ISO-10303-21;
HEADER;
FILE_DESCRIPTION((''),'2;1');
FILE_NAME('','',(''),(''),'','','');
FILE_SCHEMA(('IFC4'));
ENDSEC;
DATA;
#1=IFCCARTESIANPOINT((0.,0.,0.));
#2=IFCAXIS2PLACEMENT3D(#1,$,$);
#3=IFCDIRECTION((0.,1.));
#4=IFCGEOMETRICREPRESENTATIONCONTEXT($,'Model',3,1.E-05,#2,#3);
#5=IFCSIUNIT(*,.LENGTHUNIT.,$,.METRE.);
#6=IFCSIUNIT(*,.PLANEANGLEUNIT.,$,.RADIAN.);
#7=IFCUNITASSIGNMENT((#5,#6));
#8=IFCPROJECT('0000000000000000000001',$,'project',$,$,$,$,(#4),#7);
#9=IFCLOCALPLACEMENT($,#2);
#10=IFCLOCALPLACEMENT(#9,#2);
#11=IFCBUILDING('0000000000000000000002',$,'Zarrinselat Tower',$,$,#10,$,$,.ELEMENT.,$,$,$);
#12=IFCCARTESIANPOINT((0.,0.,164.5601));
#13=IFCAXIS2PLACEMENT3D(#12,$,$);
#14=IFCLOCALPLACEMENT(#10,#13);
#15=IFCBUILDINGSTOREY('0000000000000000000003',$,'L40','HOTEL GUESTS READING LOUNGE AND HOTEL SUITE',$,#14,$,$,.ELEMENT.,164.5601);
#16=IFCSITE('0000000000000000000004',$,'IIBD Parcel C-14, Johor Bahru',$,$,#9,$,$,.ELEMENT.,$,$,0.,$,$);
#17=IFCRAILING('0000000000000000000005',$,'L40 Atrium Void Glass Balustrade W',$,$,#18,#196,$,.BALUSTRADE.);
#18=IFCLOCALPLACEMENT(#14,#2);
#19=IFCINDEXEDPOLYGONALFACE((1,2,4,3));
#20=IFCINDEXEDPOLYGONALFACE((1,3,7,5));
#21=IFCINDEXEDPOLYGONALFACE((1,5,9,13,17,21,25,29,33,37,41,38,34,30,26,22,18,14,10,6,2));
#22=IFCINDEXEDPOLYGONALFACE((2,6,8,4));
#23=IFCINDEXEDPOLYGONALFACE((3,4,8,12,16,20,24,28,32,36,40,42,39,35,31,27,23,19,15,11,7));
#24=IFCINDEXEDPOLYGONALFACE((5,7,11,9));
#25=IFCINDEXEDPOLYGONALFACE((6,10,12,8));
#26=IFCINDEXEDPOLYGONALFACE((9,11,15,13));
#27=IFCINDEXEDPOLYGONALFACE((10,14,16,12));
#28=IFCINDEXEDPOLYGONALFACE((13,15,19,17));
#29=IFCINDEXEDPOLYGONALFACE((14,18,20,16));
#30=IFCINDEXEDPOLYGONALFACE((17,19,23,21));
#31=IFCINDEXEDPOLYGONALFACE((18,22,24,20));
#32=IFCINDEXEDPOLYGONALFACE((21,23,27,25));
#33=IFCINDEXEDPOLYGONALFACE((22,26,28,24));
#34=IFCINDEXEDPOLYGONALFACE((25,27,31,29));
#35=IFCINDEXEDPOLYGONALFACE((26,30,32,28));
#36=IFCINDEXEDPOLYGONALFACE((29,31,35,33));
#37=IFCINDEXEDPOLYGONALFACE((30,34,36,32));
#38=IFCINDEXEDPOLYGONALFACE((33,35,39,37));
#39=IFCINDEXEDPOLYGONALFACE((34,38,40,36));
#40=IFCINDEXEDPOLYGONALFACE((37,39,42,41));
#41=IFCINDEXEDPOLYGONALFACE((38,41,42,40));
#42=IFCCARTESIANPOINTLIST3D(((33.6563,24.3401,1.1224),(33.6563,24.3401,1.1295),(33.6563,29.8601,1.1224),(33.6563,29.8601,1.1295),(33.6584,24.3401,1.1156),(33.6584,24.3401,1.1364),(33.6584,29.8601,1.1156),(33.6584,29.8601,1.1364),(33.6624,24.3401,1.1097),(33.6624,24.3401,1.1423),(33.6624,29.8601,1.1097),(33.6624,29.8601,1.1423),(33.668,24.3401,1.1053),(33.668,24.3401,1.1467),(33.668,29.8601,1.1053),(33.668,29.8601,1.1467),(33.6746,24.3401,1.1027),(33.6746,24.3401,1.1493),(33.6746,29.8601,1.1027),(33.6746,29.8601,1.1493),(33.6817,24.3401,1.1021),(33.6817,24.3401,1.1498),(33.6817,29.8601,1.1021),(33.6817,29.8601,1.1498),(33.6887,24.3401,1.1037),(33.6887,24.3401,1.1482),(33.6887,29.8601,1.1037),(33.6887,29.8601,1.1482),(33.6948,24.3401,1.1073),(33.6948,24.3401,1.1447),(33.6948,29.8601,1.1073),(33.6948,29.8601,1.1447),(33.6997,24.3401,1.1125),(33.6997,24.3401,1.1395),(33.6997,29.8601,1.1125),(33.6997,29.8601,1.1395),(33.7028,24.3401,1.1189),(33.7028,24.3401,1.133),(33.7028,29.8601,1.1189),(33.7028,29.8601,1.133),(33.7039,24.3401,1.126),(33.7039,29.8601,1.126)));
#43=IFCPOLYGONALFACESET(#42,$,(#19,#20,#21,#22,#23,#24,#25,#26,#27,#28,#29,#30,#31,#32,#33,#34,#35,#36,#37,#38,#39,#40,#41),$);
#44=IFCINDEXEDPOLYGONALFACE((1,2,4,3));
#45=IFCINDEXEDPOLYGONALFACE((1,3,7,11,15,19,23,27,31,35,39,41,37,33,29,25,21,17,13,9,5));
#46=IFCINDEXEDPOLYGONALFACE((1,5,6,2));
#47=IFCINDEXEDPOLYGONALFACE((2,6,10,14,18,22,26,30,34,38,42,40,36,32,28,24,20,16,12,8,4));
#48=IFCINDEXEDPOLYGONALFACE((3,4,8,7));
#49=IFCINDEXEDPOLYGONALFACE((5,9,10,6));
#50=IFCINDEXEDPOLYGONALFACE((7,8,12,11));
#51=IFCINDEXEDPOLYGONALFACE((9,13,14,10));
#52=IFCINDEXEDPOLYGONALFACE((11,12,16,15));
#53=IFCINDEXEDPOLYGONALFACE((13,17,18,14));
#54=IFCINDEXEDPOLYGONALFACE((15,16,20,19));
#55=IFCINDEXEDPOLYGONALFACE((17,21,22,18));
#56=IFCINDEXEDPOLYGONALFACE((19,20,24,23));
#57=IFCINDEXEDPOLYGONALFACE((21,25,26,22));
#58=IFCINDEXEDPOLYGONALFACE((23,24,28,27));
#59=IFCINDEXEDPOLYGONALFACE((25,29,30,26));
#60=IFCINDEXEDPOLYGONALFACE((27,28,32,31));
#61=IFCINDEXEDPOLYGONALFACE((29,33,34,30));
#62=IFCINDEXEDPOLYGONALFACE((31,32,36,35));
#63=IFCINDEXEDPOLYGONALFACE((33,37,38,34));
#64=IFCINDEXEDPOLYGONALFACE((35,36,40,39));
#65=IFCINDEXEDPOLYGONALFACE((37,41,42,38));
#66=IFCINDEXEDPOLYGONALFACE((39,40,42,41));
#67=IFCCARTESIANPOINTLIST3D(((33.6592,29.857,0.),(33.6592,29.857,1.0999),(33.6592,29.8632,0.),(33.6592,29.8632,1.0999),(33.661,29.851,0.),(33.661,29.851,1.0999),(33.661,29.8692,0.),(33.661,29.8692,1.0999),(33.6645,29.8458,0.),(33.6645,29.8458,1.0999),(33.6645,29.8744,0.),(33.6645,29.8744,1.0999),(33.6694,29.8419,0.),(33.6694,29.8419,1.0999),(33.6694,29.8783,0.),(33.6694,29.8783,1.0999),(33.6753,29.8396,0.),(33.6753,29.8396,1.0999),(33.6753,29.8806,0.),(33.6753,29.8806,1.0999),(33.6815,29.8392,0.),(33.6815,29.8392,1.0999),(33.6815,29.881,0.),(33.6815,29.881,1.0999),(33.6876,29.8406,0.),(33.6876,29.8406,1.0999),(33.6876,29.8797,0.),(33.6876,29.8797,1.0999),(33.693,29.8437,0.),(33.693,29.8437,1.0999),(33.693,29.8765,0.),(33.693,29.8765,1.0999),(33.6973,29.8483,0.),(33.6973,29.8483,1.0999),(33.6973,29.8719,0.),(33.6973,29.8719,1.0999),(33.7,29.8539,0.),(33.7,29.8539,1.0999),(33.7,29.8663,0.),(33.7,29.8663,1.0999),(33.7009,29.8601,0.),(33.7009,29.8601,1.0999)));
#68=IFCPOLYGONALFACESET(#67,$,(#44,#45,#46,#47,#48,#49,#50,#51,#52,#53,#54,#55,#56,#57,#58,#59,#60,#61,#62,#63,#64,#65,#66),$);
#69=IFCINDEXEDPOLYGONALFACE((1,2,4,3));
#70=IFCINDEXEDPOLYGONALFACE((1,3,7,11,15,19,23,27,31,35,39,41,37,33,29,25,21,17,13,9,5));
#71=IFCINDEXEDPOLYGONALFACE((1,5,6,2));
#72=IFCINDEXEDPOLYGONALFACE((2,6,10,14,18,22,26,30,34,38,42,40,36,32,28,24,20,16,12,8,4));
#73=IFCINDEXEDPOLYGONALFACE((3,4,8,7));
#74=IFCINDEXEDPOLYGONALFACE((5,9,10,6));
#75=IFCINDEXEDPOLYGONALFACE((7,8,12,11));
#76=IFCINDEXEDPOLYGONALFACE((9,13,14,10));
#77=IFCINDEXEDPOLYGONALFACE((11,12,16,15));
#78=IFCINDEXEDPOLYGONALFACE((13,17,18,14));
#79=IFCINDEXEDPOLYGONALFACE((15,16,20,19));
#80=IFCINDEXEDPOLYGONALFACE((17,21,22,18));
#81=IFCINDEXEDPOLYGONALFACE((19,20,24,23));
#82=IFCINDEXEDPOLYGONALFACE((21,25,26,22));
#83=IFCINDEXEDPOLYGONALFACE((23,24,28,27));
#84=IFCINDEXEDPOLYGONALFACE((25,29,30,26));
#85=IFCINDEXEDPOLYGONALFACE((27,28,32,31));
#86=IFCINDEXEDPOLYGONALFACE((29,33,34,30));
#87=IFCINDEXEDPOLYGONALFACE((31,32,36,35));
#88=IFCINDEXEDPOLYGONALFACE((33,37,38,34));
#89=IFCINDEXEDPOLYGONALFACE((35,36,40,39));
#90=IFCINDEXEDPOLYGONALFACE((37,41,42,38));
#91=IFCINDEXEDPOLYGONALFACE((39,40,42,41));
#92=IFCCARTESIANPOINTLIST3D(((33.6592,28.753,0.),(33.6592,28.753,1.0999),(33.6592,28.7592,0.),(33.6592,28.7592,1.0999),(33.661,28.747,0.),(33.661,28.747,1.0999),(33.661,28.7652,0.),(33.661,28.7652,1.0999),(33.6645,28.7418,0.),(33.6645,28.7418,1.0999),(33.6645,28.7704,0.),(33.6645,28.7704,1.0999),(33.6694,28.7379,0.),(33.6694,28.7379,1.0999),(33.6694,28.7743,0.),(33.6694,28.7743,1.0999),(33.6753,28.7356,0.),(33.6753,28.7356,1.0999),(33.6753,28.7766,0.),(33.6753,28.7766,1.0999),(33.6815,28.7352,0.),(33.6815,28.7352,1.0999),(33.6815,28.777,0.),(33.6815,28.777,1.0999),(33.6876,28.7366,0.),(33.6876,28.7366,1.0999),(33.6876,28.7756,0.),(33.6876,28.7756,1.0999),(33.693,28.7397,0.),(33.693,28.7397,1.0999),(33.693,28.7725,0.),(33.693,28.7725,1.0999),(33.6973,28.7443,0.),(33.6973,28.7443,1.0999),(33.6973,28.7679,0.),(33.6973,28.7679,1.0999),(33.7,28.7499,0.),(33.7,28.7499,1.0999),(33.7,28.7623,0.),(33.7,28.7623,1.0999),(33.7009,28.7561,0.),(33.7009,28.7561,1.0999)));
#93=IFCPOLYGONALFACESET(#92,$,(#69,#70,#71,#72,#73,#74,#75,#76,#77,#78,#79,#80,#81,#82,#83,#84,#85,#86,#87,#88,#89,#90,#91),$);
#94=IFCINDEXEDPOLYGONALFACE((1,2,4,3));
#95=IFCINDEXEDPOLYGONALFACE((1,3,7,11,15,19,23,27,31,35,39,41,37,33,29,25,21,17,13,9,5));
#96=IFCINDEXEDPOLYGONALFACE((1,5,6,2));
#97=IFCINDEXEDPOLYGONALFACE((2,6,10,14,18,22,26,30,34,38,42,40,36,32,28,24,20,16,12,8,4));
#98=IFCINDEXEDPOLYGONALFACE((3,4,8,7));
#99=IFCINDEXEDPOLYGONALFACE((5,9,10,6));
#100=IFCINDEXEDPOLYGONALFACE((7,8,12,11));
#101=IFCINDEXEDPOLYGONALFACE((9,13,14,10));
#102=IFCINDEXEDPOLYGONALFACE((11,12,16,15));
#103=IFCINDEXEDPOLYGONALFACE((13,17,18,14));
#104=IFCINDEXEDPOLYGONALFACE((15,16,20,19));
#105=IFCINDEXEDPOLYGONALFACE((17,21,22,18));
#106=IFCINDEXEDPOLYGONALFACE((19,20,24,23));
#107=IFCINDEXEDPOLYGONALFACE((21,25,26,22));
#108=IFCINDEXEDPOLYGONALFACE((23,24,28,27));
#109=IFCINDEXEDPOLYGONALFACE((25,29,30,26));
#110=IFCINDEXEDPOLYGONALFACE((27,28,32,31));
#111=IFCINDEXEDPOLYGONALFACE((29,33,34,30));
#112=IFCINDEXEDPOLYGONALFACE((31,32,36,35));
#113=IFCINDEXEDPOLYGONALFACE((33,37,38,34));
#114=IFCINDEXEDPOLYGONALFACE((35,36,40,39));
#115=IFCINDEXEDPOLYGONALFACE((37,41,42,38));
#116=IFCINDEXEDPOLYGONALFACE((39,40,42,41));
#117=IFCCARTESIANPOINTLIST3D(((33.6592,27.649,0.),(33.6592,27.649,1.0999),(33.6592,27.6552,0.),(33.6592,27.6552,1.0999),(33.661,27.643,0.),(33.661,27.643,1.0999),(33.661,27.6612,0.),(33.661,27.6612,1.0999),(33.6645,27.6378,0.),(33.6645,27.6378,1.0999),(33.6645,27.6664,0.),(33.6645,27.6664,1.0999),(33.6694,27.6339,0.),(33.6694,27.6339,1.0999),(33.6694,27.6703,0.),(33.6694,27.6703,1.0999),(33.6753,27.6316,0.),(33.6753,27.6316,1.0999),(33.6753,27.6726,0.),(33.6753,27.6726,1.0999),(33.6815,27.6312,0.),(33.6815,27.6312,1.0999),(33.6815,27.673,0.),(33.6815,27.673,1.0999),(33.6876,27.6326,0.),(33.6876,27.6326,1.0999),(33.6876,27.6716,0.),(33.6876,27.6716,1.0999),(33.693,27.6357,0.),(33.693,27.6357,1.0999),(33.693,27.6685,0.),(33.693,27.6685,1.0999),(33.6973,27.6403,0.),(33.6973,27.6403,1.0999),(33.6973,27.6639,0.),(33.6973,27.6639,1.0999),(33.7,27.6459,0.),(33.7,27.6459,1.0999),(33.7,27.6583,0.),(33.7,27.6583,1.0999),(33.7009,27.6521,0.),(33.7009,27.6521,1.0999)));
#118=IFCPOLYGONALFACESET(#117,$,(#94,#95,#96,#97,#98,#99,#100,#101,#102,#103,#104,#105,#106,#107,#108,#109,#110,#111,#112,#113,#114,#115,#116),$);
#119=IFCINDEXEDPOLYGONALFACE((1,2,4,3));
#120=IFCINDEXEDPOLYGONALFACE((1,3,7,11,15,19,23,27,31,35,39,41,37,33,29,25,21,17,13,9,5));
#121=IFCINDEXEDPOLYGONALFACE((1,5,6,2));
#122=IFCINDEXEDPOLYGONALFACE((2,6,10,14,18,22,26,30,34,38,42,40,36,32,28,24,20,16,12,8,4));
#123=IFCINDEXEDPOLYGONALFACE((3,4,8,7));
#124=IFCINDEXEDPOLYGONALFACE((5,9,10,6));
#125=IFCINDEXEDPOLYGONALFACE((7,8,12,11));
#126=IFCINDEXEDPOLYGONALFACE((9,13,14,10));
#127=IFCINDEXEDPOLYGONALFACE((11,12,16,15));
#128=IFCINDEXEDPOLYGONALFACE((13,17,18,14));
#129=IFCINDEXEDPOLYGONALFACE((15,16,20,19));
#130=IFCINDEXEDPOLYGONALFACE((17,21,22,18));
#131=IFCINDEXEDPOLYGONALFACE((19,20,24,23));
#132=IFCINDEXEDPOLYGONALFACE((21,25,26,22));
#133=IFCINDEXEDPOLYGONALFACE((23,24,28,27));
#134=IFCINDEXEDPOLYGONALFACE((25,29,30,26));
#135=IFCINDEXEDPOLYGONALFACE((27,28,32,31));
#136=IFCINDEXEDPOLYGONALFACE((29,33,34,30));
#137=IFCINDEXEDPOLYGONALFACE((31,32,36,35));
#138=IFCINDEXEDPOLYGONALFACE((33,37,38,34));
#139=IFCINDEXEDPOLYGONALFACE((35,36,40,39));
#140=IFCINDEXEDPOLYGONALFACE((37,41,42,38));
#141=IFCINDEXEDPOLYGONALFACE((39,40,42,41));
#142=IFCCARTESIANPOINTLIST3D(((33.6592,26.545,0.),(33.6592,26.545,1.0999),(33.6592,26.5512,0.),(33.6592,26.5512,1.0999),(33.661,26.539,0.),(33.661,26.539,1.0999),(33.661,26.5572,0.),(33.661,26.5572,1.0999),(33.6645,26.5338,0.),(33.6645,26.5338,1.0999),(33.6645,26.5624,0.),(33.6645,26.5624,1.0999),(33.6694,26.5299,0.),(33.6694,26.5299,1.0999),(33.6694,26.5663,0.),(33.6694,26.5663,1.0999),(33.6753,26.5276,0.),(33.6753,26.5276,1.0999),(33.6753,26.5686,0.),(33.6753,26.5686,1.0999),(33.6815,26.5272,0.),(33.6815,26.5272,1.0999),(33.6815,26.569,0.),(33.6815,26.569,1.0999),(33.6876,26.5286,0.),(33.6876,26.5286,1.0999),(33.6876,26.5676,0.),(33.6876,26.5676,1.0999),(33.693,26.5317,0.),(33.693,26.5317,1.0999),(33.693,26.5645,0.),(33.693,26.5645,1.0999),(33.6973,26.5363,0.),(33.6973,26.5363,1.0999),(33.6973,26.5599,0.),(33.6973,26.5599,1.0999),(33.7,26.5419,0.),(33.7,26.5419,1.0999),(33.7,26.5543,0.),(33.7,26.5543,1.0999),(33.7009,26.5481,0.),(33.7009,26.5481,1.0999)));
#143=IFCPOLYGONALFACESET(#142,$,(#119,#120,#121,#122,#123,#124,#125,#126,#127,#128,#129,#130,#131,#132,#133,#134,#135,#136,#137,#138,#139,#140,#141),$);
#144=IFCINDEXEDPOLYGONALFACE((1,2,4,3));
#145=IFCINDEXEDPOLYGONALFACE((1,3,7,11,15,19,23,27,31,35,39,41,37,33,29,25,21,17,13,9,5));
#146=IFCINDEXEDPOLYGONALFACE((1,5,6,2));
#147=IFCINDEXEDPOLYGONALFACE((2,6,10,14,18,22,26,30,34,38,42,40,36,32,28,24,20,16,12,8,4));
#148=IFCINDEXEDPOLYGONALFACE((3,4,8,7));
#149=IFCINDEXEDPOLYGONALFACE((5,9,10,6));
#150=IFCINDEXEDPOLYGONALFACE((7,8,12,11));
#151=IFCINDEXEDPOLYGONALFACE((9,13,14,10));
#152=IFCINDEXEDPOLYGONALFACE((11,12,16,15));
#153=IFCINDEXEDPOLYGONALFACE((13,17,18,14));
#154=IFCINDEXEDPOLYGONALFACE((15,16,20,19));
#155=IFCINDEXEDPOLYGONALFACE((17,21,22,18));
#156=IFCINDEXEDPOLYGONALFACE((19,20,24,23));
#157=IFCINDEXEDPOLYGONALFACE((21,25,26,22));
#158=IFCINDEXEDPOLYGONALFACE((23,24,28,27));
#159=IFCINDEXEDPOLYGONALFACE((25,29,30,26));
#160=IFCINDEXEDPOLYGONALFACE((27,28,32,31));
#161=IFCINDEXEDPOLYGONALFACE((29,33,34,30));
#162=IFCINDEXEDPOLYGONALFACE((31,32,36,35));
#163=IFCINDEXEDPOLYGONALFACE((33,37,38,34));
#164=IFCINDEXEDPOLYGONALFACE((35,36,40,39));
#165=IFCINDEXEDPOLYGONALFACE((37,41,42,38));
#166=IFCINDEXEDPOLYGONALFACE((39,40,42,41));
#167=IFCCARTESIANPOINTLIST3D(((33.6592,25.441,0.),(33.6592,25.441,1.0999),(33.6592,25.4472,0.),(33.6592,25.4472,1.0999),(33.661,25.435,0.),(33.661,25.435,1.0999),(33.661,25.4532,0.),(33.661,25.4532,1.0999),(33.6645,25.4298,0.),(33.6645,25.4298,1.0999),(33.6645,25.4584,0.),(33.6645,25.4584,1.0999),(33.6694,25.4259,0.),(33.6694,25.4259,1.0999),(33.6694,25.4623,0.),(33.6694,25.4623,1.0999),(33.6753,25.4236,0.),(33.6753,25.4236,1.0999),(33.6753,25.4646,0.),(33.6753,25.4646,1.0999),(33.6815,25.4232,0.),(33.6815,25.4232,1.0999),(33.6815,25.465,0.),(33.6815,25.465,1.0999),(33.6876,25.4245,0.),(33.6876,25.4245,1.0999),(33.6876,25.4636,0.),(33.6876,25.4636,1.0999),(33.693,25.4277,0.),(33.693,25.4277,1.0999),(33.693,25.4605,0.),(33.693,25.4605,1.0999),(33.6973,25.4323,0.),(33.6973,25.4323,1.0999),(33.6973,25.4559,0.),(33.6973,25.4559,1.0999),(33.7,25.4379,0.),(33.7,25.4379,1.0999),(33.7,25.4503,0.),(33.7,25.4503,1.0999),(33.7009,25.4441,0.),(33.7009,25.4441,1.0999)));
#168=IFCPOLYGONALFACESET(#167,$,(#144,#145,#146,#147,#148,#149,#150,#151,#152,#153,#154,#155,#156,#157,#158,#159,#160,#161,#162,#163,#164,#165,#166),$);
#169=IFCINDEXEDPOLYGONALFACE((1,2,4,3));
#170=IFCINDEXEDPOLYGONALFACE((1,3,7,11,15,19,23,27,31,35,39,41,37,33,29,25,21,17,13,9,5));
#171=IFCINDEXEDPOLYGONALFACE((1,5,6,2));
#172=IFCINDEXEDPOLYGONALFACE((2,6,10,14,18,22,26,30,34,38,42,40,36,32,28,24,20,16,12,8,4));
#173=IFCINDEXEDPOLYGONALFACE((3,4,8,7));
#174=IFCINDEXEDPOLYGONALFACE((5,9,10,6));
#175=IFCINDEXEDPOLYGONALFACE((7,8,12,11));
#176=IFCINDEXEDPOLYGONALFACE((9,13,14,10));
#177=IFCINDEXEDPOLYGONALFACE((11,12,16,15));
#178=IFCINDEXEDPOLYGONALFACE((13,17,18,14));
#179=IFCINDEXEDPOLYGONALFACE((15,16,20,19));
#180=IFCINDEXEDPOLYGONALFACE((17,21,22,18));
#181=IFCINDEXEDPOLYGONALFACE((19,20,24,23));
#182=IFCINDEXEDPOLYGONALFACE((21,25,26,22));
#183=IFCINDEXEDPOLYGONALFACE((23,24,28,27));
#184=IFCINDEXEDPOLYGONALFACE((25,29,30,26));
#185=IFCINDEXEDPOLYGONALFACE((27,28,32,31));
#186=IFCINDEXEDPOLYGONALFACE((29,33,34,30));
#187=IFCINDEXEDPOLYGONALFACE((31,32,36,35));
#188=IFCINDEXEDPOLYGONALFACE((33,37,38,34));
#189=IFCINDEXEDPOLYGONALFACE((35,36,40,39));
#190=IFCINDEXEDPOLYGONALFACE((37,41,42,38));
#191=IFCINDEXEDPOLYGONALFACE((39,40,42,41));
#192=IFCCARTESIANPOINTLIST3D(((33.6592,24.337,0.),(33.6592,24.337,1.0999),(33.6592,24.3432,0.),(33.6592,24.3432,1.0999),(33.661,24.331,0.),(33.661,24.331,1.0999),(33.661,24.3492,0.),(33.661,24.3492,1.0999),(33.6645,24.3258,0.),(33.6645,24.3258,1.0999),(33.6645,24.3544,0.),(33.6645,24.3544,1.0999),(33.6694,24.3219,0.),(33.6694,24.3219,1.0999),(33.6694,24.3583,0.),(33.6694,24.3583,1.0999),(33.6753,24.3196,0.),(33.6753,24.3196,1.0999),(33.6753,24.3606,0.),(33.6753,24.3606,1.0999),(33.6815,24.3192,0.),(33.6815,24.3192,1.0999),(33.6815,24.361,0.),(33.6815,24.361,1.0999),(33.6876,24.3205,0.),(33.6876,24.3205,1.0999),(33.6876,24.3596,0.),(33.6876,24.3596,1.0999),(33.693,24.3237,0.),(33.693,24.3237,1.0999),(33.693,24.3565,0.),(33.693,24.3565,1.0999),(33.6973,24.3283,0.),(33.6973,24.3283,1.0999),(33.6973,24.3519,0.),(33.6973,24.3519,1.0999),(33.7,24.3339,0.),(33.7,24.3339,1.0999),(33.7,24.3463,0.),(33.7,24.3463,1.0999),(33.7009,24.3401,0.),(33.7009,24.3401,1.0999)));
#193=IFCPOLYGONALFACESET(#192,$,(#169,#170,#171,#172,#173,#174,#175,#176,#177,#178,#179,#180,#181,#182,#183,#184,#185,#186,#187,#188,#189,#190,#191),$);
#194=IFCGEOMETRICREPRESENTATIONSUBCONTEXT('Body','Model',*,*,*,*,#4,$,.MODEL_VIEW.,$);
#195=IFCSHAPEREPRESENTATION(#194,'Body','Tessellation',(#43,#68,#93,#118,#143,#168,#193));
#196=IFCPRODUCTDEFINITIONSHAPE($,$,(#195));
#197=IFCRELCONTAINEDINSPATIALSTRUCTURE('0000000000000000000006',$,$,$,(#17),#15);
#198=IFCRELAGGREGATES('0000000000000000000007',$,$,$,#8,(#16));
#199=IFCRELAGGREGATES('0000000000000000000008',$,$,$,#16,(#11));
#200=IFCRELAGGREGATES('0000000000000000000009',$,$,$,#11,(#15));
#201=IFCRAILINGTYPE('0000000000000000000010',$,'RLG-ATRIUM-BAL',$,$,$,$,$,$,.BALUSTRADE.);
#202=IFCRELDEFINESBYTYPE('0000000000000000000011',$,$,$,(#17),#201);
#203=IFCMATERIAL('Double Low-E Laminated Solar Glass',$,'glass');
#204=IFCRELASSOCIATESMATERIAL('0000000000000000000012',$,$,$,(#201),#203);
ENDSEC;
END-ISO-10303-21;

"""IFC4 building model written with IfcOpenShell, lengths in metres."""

from ifc_helpers import new_model, si_unit, direction, frame, origin, origin_2d, place, context, subcontext, project, spatial, circle, extrude, material, type_object, element, save


model = new_model("IFC4")

# Units and contexts
model_context = context("Model", 3, precision=1e-05, world=origin(), true_north=direction((0.0, 1.0)))
body_context = subcontext(model_context, "Body", "Model", "MODEL_VIEW")
ifc_project = project(units=[si_unit("LENGTHUNIT", "METRE"), si_unit("PLANEANGLEUNIT", "RADIAN")], contexts=[model_context])

# Site, building, storey
site_placement = place(None, origin())
site = spatial("IfcSite", under=ifc_project, at=site_placement, Name="IIBD Parcel C-14, Johor Bahru", CompositionType="ELEMENT", RefElevation=0.0)
building_placement = place(site_placement, origin())
building = spatial("IfcBuilding", under=site, at=building_placement, Name="Zarrinselat Tower", CompositionType="ELEMENT")
storey_placement = place(building_placement, frame((0.0, 0.0, 164.5601)))
storey = spatial("IfcBuildingStorey", under=building, at=storey_placement, Name="L40", Description="HOTEL GUESTS READING LOUNGE AND HOTEL SUITE", CompositionType="ELEMENT", Elevation=164.5601)

# Railing
ifc_material_1 = material(Name="Double Low-E Laminated Solar Glass", Category="glass")
railing_type = type_object("IfcRailingType", Name="RLG-ATRIUM-BAL", PredefinedType="BALUSTRADE", material=ifc_material_1)
railing_placement = place(storey_placement, frame((33.6799, 29.8601, 0.0)))
element("IfcRailing", 1, at=railing_placement, inside=storey, type_object=railing_type, Name="L40 Atrium Void Glass Balustrade W", PredefinedType="BALUSTRADE", context=body_context, shape_type="SweptSolid", body=[
    extrude(circle(Radius=0.0239, at=origin_2d()), frame((0.0, 0.0, 1.126), z_axis=(0.0, -1.0, 0.0), x_axis=(1.0, 0.0, 0.0)), (0.0, 0.0, 1.0), 5.52),
    extrude(circle(Radius=0.021, at=origin_2d()), origin(), (0.0, 0.0, 1.0), 1.0999),
    extrude(circle(Radius=0.021, at=origin_2d()), frame((0.0, -1.104, 0.0)), (0.0, 0.0, 1.0), 1.0999),
    extrude(circle(Radius=0.021, at=origin_2d()), frame((0.0, -2.208, 0.0)), (0.0, 0.0, 1.0), 1.0999),
    extrude(circle(Radius=0.021, at=origin_2d()), frame((0.0, -3.312, 0.0)), (0.0, 0.0, 1.0), 1.0999),
    extrude(circle(Radius=0.021, at=origin_2d()), frame((0.0, -4.416, 0.0)), (0.0, 0.0, 1.0), 1.0999),
    extrude(circle(Radius=0.021, at=origin_2d()), frame((0.0, -5.52, 0.0)), (0.0, 0.0, 1.0), 1.0999),
])

save(model, "model.ifc")
